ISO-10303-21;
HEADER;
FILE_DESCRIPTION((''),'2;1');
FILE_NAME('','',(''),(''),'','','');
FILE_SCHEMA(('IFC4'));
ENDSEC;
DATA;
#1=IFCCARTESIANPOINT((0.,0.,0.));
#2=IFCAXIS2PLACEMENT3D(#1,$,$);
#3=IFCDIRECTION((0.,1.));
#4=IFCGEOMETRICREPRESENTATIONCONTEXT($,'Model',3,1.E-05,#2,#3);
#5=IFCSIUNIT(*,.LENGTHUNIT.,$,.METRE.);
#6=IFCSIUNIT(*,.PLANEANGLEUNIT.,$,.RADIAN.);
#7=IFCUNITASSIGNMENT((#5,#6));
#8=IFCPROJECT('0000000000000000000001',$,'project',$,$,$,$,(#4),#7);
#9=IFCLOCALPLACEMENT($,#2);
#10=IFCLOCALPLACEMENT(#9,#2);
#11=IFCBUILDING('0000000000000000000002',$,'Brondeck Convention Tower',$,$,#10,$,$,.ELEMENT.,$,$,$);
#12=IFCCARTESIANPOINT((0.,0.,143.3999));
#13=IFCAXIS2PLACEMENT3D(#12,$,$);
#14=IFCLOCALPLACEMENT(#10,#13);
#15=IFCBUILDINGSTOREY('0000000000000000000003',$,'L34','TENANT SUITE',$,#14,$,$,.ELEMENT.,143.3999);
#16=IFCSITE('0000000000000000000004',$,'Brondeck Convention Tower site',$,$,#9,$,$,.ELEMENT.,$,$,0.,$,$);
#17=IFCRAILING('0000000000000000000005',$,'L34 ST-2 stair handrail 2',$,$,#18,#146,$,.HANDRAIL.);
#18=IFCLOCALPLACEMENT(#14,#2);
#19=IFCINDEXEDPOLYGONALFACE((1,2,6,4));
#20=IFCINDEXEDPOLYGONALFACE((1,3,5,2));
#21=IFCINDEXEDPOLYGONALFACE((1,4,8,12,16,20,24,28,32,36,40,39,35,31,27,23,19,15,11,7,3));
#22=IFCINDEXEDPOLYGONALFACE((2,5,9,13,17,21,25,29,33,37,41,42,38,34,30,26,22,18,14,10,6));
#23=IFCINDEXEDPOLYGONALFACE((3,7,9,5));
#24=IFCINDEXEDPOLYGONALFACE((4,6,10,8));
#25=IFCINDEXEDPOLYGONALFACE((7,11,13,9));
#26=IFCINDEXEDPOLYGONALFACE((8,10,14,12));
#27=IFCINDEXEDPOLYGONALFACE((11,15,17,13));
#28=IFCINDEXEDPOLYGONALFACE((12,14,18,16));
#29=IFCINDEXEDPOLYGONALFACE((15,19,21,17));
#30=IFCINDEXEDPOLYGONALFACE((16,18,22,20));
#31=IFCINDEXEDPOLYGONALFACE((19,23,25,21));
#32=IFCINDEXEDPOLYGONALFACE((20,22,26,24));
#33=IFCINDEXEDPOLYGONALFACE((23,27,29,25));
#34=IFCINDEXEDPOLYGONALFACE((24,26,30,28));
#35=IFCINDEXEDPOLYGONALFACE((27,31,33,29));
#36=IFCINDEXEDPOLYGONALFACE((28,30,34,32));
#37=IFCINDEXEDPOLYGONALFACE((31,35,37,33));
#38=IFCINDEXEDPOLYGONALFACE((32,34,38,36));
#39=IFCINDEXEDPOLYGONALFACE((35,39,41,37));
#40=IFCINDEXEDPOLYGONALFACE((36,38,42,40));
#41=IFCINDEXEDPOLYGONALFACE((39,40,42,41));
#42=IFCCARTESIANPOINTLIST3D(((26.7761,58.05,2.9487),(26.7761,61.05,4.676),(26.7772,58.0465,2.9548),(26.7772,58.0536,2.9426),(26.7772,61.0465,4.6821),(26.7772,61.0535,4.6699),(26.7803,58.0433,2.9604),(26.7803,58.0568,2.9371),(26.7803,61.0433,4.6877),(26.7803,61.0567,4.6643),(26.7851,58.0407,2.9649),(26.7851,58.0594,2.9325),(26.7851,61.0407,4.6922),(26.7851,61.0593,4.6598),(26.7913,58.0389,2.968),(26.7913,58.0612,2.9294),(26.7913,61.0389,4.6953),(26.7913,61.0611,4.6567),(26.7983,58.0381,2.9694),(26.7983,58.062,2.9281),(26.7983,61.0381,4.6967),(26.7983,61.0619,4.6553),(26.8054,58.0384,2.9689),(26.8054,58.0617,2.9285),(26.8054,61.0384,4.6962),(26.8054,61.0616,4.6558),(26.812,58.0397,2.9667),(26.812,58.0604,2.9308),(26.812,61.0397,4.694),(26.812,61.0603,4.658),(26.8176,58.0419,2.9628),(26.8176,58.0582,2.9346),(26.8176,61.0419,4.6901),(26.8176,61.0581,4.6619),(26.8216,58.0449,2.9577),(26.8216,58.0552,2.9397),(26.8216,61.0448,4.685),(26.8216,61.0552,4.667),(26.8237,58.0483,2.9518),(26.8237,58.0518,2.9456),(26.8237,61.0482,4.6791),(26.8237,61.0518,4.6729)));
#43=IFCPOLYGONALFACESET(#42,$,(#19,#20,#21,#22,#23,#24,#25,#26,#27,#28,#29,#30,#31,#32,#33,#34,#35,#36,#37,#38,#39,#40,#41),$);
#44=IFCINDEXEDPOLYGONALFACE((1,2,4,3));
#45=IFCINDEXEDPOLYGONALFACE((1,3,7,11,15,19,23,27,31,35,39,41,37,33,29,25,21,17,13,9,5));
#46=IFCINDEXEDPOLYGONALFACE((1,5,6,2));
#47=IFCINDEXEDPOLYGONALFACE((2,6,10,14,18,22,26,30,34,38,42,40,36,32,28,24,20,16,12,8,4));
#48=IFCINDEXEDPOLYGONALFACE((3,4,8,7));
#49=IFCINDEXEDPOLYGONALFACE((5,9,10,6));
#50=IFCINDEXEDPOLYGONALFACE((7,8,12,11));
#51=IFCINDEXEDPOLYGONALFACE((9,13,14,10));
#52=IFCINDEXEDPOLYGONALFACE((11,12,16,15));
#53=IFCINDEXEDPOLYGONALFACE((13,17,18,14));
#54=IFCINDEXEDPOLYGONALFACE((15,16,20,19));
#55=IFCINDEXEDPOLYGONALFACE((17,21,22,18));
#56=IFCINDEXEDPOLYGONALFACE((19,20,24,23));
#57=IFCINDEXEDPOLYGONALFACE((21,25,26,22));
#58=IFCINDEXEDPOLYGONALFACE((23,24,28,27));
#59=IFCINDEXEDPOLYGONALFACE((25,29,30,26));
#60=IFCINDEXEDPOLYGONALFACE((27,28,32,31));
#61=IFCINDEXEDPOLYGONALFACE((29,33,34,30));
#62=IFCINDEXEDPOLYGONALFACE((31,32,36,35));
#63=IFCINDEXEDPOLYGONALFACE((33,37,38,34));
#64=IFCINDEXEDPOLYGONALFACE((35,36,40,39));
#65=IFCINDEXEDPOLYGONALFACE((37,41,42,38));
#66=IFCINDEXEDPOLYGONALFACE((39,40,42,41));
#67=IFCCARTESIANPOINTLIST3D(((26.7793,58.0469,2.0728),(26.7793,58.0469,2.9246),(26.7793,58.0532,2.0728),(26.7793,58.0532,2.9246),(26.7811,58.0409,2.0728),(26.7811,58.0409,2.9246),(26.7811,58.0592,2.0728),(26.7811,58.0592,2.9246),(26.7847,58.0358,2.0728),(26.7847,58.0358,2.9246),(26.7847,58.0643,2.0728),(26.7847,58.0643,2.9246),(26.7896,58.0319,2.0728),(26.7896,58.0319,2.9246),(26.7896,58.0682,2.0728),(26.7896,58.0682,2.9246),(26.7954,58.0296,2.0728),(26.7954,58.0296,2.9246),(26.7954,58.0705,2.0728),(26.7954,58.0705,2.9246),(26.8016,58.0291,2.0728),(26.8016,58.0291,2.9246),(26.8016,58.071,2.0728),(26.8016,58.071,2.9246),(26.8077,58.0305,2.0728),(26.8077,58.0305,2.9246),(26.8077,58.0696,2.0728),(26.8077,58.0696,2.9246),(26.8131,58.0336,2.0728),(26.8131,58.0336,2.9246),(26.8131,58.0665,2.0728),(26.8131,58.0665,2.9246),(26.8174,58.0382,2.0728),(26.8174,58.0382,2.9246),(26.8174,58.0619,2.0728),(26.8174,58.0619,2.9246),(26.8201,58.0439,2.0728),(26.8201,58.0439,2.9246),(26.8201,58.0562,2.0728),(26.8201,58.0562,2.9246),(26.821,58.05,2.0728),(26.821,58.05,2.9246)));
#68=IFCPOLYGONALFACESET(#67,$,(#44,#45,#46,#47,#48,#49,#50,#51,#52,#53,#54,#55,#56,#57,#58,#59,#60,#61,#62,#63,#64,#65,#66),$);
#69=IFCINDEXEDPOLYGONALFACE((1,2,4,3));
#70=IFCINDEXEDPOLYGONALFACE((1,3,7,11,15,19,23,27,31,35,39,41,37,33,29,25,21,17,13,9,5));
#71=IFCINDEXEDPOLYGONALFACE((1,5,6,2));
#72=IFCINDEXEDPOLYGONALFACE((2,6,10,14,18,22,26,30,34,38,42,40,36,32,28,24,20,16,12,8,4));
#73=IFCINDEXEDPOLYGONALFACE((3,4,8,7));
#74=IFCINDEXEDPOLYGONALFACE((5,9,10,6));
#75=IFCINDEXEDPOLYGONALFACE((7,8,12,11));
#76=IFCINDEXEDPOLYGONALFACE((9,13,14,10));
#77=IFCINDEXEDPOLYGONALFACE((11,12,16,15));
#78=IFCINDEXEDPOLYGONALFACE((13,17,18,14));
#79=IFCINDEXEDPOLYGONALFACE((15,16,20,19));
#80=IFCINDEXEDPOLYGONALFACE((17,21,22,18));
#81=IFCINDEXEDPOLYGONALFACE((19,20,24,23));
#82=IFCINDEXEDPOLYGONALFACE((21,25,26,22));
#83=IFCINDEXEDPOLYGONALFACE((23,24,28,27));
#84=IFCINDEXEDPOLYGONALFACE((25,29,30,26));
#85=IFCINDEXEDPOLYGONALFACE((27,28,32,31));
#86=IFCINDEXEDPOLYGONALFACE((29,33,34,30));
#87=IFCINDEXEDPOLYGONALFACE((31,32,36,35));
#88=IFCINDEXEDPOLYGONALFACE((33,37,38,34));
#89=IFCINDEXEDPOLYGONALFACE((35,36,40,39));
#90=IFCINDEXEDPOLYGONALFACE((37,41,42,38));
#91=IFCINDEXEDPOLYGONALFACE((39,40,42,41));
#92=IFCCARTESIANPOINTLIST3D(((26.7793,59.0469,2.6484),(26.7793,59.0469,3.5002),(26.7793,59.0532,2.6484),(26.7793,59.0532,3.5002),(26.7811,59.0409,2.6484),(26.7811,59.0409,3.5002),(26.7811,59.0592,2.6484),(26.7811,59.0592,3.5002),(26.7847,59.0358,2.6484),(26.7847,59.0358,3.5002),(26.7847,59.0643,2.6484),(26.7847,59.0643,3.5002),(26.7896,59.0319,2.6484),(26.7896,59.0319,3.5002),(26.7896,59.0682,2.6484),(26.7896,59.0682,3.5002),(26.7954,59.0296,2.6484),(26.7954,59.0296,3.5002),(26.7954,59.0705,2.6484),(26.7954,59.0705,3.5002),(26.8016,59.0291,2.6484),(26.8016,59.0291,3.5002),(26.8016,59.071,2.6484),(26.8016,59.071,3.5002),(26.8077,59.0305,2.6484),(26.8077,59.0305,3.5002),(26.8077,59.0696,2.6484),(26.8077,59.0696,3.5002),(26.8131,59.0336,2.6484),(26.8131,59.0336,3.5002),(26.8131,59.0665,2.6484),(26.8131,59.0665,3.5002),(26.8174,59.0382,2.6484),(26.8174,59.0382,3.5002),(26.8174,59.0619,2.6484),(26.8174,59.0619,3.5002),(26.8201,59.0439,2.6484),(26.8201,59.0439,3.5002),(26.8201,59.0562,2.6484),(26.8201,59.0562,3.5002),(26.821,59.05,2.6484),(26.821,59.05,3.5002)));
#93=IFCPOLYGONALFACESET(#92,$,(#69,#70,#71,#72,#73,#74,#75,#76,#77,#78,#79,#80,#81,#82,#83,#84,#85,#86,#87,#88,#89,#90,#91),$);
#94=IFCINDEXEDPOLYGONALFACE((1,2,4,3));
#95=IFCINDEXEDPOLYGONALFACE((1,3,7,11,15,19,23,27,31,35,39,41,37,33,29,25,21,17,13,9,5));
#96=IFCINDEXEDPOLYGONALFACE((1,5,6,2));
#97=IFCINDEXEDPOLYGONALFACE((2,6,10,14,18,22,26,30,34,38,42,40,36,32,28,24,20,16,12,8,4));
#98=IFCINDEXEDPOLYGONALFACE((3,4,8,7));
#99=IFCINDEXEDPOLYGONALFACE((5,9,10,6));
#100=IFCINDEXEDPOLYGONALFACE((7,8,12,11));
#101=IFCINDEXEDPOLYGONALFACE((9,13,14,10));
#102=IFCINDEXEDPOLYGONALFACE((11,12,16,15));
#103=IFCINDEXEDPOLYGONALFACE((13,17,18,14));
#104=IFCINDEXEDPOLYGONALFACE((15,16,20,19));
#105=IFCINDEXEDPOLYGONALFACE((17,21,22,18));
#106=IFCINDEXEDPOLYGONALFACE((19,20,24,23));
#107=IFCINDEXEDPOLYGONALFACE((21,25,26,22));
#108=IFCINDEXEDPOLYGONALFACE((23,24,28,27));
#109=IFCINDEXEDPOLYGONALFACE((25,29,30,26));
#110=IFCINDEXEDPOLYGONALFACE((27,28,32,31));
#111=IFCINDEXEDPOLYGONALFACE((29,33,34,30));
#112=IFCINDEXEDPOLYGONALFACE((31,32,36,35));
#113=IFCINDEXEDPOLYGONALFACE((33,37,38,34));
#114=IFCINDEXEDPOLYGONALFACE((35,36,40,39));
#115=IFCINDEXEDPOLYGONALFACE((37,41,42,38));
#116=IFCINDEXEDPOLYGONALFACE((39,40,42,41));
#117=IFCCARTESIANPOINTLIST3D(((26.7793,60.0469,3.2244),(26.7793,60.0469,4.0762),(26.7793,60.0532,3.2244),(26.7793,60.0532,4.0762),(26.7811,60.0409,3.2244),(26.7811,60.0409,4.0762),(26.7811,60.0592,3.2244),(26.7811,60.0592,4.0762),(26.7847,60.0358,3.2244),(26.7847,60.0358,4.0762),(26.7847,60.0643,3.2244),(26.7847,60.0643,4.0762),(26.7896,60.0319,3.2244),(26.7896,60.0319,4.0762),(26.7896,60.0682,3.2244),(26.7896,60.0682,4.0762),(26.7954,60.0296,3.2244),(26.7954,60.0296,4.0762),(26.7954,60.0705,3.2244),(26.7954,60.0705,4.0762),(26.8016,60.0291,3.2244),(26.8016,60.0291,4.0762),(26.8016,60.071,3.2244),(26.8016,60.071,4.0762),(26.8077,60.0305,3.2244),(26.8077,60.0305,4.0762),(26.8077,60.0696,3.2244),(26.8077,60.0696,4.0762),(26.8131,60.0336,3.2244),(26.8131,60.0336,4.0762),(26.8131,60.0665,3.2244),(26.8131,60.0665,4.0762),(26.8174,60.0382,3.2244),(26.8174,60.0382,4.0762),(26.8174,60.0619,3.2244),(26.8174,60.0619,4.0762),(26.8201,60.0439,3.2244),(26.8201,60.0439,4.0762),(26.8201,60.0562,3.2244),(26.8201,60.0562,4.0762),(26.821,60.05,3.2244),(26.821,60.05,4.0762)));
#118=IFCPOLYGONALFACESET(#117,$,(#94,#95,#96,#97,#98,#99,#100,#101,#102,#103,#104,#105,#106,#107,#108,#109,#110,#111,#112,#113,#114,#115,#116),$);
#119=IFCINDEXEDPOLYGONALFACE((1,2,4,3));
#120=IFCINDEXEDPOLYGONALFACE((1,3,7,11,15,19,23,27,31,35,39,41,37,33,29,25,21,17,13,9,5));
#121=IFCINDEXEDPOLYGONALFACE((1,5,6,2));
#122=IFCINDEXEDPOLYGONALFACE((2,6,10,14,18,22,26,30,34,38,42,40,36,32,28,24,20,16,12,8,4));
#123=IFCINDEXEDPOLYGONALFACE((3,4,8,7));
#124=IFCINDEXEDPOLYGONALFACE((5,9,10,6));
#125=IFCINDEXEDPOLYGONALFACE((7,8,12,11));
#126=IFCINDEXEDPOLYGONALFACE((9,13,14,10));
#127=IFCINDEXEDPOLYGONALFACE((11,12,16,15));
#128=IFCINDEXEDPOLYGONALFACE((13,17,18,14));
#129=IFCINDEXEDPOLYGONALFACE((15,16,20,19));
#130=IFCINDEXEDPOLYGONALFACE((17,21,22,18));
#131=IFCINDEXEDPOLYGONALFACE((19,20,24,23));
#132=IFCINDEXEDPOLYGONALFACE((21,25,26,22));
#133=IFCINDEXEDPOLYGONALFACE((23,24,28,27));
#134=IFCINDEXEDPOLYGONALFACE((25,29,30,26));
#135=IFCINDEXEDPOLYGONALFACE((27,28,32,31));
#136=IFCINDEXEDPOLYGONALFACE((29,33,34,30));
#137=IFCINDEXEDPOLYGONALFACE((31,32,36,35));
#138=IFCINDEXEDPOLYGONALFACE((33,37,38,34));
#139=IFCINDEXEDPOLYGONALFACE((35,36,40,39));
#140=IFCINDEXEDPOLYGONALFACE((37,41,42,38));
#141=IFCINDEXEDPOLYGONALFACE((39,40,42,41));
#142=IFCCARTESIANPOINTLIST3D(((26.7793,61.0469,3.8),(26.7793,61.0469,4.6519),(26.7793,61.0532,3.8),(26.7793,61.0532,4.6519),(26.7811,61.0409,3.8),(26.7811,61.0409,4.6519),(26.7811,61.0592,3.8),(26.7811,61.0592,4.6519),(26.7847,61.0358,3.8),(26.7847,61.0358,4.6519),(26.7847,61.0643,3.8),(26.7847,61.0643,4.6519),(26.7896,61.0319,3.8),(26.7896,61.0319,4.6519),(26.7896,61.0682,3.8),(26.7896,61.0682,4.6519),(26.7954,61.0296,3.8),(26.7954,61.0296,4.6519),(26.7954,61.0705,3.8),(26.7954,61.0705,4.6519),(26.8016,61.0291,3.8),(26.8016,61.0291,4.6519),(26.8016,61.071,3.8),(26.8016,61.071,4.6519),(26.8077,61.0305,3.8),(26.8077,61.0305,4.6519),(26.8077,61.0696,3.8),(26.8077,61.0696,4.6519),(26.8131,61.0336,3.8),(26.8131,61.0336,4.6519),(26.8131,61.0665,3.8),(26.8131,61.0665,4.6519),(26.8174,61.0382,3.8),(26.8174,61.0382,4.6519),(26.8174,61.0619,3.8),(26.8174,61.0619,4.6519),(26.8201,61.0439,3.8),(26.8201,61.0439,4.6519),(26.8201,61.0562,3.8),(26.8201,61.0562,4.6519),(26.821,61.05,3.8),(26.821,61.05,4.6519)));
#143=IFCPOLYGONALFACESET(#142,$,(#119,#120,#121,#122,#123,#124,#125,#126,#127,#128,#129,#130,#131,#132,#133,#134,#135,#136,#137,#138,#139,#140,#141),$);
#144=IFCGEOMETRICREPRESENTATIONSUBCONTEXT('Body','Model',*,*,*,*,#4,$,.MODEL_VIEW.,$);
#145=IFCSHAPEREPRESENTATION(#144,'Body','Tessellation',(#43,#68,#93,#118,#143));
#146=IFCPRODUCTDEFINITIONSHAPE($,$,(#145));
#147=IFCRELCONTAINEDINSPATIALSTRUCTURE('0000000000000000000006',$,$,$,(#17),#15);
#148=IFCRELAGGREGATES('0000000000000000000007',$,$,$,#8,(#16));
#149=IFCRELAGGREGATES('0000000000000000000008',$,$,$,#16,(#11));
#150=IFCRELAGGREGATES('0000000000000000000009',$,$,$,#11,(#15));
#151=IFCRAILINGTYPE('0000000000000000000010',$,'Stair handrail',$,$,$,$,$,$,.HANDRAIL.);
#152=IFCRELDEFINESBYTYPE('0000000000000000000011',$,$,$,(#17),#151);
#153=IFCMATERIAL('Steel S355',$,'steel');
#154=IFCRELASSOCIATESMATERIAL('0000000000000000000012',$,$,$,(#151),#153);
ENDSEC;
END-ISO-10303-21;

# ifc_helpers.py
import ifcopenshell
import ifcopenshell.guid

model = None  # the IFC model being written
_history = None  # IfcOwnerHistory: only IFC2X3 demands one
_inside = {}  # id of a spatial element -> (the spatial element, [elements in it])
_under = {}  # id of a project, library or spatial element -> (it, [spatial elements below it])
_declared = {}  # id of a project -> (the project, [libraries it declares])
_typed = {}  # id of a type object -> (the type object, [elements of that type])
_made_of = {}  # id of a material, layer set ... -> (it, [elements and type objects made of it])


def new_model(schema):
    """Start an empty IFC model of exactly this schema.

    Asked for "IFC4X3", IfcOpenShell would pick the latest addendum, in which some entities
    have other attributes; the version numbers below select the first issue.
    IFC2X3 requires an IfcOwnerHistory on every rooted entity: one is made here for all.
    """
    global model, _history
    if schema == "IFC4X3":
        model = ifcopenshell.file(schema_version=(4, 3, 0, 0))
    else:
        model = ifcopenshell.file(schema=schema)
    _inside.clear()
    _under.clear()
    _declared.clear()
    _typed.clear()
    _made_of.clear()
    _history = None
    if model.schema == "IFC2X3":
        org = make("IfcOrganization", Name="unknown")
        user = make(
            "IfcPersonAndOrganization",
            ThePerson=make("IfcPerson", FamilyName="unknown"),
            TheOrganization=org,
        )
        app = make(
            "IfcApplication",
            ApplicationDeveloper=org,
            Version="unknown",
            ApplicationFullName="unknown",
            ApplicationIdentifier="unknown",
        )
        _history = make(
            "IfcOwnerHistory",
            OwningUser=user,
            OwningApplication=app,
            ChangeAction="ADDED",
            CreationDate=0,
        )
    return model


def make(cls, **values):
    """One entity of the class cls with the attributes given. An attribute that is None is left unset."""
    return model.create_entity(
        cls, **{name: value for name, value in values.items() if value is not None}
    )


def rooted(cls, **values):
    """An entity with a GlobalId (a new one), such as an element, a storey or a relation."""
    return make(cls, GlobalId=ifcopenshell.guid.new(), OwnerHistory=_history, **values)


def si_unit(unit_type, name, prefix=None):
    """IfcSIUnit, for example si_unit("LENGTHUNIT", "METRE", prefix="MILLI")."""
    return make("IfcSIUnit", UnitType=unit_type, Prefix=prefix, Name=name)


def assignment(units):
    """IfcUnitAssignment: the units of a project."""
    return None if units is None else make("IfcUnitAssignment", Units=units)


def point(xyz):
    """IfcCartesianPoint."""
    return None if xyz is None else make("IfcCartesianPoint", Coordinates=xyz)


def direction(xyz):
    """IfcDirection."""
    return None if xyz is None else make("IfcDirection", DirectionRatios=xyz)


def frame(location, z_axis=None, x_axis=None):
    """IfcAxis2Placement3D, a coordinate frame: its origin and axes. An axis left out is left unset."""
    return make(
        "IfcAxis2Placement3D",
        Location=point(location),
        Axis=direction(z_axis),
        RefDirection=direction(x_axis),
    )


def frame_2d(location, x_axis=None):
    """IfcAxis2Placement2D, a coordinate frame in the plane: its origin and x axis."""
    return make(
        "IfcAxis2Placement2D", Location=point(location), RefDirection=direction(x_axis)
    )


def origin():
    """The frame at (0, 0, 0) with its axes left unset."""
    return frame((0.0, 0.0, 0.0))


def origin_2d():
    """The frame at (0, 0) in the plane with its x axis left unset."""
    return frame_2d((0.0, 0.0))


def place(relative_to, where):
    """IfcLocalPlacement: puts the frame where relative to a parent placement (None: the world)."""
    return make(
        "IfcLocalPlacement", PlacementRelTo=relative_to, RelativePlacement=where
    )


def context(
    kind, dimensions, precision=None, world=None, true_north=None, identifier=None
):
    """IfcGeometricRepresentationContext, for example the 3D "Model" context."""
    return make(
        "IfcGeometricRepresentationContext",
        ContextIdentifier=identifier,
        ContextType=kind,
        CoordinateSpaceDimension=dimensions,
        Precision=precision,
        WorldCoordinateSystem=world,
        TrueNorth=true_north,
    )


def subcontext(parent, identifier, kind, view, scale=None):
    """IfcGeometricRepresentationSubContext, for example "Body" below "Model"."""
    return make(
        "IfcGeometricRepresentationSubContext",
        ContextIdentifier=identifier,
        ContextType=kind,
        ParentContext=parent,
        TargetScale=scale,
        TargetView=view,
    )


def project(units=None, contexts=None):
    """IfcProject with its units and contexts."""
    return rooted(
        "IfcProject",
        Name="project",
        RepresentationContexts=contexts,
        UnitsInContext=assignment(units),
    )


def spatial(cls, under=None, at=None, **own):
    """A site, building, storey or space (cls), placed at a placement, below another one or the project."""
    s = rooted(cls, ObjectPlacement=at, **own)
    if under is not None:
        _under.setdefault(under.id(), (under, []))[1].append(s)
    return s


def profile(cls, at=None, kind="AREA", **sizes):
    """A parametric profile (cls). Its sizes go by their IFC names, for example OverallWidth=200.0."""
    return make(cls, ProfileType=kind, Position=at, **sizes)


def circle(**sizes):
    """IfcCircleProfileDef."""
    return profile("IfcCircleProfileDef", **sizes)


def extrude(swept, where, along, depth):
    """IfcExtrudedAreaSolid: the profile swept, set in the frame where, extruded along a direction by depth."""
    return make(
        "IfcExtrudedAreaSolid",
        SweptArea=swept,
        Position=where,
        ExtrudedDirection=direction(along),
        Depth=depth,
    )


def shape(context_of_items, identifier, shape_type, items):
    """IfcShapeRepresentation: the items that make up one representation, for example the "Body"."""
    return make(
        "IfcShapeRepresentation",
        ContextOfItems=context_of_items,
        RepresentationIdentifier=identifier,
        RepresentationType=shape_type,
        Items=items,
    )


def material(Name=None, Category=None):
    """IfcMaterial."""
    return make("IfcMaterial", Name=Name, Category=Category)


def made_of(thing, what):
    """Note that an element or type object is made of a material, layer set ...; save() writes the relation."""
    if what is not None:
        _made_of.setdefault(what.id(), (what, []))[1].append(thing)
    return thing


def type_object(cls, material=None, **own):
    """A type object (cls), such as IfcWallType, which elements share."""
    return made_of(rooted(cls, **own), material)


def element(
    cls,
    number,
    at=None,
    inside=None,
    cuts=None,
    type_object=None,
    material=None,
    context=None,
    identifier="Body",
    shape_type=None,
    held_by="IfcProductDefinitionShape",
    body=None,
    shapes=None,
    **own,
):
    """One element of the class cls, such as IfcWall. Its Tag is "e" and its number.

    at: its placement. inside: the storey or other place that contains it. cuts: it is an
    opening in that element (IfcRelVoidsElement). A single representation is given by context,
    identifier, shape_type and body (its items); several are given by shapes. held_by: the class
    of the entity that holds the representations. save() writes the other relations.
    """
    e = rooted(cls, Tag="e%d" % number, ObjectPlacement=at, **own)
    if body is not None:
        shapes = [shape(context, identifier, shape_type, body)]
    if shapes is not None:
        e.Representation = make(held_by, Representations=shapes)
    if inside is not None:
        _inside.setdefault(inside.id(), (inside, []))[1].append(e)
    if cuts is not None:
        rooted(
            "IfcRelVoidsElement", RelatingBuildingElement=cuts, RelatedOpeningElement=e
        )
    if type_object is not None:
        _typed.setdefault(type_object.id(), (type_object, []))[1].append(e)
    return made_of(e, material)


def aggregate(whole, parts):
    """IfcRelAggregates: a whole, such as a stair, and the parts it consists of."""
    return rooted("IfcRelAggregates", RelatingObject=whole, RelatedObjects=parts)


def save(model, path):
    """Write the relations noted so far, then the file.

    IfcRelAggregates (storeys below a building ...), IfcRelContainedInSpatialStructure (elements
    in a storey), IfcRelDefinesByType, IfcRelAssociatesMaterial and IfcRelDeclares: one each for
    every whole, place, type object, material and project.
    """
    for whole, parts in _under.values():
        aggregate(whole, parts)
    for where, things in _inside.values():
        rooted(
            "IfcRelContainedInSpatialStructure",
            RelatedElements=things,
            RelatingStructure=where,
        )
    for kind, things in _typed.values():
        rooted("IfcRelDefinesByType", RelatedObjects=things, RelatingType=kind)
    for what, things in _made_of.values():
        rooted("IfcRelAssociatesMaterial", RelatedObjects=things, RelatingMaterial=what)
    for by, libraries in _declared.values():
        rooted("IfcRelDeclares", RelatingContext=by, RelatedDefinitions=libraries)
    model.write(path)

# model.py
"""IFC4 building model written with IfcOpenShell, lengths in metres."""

from ifc_helpers import new_model, si_unit, direction, frame, origin, origin_2d, place, context, subcontext, project, spatial, circle, extrude, material, type_object, element, save


model = new_model("IFC4")

# Units and contexts
model_context = context("Model", 3, precision=1e-05, world=origin(), true_north=direction((0.0, 1.0)))
body_context = subcontext(model_context, "Body", "Model", "MODEL_VIEW")
ifc_project = project(units=[si_unit("LENGTHUNIT", "METRE"), si_unit("PLANEANGLEUNIT", "RADIAN")], contexts=[model_context])

# Site, building, storey
site_placement = place(None, origin())
site = spatial("IfcSite", under=ifc_project, at=site_placement, Name="Brondeck Convention Tower site", CompositionType="ELEMENT", RefElevation=0.0)
building_placement = place(site_placement, origin())
building = spatial("IfcBuilding", under=site, at=building_placement, Name="Brondeck Convention Tower", CompositionType="ELEMENT")
storey_placement = place(building_placement, frame((0.0, 0.0, 143.3999)))
storey = spatial("IfcBuildingStorey", under=building, at=storey_placement, Name="L34", Description="TENANT SUITE", CompositionType="ELEMENT", Elevation=143.3999)

# Shared definitions
ifc_material_1 = material(Name="Steel S355", Category="steel")

# Railing
railing_type_1 = type_object("IfcRailingType", Name="Stair handrail", PredefinedType="HANDRAIL", material=ifc_material_1)
railing_1_placement = place(storey_placement, frame((26.8, 58.05, 2.0728)))
element("IfcRailing", 1, at=railing_1_placement, inside=storey, type_object=railing_type_1, Name="L34 ST-2 stair handrail 2", PredefinedType="HANDRAIL", context=body_context, shape_type="SweptSolid", body=[
    extrude(circle(Radius=0.0239, at=origin_2d()), frame((0.0, 0.0, 0.876), z_axis=(0.0, 0.86662, 0.498969), x_axis=(-1.0, 0.0, 0.0)), (0.0, 0.0, 1.0), 3.4617),
    extrude(circle(Radius=0.021, at=origin_2d()), origin(), (0.0, 0.0, 1.0), 0.8518),
    extrude(circle(Radius=0.021, at=origin_2d()), frame((0.0, 1.0, 0.5757)), (0.0, 0.0, 1.0), 0.8518),
    extrude(circle(Radius=0.021, at=origin_2d()), frame((0.0, 2.0, 1.1516)), (0.0, 0.0, 1.0), 0.8518),
    extrude(circle(Radius=0.021, at=origin_2d()), frame((0.0, 3.0, 1.7273)), (0.0, 0.0, 1.0), 0.8518),
])

save(model, "model.ifc")
